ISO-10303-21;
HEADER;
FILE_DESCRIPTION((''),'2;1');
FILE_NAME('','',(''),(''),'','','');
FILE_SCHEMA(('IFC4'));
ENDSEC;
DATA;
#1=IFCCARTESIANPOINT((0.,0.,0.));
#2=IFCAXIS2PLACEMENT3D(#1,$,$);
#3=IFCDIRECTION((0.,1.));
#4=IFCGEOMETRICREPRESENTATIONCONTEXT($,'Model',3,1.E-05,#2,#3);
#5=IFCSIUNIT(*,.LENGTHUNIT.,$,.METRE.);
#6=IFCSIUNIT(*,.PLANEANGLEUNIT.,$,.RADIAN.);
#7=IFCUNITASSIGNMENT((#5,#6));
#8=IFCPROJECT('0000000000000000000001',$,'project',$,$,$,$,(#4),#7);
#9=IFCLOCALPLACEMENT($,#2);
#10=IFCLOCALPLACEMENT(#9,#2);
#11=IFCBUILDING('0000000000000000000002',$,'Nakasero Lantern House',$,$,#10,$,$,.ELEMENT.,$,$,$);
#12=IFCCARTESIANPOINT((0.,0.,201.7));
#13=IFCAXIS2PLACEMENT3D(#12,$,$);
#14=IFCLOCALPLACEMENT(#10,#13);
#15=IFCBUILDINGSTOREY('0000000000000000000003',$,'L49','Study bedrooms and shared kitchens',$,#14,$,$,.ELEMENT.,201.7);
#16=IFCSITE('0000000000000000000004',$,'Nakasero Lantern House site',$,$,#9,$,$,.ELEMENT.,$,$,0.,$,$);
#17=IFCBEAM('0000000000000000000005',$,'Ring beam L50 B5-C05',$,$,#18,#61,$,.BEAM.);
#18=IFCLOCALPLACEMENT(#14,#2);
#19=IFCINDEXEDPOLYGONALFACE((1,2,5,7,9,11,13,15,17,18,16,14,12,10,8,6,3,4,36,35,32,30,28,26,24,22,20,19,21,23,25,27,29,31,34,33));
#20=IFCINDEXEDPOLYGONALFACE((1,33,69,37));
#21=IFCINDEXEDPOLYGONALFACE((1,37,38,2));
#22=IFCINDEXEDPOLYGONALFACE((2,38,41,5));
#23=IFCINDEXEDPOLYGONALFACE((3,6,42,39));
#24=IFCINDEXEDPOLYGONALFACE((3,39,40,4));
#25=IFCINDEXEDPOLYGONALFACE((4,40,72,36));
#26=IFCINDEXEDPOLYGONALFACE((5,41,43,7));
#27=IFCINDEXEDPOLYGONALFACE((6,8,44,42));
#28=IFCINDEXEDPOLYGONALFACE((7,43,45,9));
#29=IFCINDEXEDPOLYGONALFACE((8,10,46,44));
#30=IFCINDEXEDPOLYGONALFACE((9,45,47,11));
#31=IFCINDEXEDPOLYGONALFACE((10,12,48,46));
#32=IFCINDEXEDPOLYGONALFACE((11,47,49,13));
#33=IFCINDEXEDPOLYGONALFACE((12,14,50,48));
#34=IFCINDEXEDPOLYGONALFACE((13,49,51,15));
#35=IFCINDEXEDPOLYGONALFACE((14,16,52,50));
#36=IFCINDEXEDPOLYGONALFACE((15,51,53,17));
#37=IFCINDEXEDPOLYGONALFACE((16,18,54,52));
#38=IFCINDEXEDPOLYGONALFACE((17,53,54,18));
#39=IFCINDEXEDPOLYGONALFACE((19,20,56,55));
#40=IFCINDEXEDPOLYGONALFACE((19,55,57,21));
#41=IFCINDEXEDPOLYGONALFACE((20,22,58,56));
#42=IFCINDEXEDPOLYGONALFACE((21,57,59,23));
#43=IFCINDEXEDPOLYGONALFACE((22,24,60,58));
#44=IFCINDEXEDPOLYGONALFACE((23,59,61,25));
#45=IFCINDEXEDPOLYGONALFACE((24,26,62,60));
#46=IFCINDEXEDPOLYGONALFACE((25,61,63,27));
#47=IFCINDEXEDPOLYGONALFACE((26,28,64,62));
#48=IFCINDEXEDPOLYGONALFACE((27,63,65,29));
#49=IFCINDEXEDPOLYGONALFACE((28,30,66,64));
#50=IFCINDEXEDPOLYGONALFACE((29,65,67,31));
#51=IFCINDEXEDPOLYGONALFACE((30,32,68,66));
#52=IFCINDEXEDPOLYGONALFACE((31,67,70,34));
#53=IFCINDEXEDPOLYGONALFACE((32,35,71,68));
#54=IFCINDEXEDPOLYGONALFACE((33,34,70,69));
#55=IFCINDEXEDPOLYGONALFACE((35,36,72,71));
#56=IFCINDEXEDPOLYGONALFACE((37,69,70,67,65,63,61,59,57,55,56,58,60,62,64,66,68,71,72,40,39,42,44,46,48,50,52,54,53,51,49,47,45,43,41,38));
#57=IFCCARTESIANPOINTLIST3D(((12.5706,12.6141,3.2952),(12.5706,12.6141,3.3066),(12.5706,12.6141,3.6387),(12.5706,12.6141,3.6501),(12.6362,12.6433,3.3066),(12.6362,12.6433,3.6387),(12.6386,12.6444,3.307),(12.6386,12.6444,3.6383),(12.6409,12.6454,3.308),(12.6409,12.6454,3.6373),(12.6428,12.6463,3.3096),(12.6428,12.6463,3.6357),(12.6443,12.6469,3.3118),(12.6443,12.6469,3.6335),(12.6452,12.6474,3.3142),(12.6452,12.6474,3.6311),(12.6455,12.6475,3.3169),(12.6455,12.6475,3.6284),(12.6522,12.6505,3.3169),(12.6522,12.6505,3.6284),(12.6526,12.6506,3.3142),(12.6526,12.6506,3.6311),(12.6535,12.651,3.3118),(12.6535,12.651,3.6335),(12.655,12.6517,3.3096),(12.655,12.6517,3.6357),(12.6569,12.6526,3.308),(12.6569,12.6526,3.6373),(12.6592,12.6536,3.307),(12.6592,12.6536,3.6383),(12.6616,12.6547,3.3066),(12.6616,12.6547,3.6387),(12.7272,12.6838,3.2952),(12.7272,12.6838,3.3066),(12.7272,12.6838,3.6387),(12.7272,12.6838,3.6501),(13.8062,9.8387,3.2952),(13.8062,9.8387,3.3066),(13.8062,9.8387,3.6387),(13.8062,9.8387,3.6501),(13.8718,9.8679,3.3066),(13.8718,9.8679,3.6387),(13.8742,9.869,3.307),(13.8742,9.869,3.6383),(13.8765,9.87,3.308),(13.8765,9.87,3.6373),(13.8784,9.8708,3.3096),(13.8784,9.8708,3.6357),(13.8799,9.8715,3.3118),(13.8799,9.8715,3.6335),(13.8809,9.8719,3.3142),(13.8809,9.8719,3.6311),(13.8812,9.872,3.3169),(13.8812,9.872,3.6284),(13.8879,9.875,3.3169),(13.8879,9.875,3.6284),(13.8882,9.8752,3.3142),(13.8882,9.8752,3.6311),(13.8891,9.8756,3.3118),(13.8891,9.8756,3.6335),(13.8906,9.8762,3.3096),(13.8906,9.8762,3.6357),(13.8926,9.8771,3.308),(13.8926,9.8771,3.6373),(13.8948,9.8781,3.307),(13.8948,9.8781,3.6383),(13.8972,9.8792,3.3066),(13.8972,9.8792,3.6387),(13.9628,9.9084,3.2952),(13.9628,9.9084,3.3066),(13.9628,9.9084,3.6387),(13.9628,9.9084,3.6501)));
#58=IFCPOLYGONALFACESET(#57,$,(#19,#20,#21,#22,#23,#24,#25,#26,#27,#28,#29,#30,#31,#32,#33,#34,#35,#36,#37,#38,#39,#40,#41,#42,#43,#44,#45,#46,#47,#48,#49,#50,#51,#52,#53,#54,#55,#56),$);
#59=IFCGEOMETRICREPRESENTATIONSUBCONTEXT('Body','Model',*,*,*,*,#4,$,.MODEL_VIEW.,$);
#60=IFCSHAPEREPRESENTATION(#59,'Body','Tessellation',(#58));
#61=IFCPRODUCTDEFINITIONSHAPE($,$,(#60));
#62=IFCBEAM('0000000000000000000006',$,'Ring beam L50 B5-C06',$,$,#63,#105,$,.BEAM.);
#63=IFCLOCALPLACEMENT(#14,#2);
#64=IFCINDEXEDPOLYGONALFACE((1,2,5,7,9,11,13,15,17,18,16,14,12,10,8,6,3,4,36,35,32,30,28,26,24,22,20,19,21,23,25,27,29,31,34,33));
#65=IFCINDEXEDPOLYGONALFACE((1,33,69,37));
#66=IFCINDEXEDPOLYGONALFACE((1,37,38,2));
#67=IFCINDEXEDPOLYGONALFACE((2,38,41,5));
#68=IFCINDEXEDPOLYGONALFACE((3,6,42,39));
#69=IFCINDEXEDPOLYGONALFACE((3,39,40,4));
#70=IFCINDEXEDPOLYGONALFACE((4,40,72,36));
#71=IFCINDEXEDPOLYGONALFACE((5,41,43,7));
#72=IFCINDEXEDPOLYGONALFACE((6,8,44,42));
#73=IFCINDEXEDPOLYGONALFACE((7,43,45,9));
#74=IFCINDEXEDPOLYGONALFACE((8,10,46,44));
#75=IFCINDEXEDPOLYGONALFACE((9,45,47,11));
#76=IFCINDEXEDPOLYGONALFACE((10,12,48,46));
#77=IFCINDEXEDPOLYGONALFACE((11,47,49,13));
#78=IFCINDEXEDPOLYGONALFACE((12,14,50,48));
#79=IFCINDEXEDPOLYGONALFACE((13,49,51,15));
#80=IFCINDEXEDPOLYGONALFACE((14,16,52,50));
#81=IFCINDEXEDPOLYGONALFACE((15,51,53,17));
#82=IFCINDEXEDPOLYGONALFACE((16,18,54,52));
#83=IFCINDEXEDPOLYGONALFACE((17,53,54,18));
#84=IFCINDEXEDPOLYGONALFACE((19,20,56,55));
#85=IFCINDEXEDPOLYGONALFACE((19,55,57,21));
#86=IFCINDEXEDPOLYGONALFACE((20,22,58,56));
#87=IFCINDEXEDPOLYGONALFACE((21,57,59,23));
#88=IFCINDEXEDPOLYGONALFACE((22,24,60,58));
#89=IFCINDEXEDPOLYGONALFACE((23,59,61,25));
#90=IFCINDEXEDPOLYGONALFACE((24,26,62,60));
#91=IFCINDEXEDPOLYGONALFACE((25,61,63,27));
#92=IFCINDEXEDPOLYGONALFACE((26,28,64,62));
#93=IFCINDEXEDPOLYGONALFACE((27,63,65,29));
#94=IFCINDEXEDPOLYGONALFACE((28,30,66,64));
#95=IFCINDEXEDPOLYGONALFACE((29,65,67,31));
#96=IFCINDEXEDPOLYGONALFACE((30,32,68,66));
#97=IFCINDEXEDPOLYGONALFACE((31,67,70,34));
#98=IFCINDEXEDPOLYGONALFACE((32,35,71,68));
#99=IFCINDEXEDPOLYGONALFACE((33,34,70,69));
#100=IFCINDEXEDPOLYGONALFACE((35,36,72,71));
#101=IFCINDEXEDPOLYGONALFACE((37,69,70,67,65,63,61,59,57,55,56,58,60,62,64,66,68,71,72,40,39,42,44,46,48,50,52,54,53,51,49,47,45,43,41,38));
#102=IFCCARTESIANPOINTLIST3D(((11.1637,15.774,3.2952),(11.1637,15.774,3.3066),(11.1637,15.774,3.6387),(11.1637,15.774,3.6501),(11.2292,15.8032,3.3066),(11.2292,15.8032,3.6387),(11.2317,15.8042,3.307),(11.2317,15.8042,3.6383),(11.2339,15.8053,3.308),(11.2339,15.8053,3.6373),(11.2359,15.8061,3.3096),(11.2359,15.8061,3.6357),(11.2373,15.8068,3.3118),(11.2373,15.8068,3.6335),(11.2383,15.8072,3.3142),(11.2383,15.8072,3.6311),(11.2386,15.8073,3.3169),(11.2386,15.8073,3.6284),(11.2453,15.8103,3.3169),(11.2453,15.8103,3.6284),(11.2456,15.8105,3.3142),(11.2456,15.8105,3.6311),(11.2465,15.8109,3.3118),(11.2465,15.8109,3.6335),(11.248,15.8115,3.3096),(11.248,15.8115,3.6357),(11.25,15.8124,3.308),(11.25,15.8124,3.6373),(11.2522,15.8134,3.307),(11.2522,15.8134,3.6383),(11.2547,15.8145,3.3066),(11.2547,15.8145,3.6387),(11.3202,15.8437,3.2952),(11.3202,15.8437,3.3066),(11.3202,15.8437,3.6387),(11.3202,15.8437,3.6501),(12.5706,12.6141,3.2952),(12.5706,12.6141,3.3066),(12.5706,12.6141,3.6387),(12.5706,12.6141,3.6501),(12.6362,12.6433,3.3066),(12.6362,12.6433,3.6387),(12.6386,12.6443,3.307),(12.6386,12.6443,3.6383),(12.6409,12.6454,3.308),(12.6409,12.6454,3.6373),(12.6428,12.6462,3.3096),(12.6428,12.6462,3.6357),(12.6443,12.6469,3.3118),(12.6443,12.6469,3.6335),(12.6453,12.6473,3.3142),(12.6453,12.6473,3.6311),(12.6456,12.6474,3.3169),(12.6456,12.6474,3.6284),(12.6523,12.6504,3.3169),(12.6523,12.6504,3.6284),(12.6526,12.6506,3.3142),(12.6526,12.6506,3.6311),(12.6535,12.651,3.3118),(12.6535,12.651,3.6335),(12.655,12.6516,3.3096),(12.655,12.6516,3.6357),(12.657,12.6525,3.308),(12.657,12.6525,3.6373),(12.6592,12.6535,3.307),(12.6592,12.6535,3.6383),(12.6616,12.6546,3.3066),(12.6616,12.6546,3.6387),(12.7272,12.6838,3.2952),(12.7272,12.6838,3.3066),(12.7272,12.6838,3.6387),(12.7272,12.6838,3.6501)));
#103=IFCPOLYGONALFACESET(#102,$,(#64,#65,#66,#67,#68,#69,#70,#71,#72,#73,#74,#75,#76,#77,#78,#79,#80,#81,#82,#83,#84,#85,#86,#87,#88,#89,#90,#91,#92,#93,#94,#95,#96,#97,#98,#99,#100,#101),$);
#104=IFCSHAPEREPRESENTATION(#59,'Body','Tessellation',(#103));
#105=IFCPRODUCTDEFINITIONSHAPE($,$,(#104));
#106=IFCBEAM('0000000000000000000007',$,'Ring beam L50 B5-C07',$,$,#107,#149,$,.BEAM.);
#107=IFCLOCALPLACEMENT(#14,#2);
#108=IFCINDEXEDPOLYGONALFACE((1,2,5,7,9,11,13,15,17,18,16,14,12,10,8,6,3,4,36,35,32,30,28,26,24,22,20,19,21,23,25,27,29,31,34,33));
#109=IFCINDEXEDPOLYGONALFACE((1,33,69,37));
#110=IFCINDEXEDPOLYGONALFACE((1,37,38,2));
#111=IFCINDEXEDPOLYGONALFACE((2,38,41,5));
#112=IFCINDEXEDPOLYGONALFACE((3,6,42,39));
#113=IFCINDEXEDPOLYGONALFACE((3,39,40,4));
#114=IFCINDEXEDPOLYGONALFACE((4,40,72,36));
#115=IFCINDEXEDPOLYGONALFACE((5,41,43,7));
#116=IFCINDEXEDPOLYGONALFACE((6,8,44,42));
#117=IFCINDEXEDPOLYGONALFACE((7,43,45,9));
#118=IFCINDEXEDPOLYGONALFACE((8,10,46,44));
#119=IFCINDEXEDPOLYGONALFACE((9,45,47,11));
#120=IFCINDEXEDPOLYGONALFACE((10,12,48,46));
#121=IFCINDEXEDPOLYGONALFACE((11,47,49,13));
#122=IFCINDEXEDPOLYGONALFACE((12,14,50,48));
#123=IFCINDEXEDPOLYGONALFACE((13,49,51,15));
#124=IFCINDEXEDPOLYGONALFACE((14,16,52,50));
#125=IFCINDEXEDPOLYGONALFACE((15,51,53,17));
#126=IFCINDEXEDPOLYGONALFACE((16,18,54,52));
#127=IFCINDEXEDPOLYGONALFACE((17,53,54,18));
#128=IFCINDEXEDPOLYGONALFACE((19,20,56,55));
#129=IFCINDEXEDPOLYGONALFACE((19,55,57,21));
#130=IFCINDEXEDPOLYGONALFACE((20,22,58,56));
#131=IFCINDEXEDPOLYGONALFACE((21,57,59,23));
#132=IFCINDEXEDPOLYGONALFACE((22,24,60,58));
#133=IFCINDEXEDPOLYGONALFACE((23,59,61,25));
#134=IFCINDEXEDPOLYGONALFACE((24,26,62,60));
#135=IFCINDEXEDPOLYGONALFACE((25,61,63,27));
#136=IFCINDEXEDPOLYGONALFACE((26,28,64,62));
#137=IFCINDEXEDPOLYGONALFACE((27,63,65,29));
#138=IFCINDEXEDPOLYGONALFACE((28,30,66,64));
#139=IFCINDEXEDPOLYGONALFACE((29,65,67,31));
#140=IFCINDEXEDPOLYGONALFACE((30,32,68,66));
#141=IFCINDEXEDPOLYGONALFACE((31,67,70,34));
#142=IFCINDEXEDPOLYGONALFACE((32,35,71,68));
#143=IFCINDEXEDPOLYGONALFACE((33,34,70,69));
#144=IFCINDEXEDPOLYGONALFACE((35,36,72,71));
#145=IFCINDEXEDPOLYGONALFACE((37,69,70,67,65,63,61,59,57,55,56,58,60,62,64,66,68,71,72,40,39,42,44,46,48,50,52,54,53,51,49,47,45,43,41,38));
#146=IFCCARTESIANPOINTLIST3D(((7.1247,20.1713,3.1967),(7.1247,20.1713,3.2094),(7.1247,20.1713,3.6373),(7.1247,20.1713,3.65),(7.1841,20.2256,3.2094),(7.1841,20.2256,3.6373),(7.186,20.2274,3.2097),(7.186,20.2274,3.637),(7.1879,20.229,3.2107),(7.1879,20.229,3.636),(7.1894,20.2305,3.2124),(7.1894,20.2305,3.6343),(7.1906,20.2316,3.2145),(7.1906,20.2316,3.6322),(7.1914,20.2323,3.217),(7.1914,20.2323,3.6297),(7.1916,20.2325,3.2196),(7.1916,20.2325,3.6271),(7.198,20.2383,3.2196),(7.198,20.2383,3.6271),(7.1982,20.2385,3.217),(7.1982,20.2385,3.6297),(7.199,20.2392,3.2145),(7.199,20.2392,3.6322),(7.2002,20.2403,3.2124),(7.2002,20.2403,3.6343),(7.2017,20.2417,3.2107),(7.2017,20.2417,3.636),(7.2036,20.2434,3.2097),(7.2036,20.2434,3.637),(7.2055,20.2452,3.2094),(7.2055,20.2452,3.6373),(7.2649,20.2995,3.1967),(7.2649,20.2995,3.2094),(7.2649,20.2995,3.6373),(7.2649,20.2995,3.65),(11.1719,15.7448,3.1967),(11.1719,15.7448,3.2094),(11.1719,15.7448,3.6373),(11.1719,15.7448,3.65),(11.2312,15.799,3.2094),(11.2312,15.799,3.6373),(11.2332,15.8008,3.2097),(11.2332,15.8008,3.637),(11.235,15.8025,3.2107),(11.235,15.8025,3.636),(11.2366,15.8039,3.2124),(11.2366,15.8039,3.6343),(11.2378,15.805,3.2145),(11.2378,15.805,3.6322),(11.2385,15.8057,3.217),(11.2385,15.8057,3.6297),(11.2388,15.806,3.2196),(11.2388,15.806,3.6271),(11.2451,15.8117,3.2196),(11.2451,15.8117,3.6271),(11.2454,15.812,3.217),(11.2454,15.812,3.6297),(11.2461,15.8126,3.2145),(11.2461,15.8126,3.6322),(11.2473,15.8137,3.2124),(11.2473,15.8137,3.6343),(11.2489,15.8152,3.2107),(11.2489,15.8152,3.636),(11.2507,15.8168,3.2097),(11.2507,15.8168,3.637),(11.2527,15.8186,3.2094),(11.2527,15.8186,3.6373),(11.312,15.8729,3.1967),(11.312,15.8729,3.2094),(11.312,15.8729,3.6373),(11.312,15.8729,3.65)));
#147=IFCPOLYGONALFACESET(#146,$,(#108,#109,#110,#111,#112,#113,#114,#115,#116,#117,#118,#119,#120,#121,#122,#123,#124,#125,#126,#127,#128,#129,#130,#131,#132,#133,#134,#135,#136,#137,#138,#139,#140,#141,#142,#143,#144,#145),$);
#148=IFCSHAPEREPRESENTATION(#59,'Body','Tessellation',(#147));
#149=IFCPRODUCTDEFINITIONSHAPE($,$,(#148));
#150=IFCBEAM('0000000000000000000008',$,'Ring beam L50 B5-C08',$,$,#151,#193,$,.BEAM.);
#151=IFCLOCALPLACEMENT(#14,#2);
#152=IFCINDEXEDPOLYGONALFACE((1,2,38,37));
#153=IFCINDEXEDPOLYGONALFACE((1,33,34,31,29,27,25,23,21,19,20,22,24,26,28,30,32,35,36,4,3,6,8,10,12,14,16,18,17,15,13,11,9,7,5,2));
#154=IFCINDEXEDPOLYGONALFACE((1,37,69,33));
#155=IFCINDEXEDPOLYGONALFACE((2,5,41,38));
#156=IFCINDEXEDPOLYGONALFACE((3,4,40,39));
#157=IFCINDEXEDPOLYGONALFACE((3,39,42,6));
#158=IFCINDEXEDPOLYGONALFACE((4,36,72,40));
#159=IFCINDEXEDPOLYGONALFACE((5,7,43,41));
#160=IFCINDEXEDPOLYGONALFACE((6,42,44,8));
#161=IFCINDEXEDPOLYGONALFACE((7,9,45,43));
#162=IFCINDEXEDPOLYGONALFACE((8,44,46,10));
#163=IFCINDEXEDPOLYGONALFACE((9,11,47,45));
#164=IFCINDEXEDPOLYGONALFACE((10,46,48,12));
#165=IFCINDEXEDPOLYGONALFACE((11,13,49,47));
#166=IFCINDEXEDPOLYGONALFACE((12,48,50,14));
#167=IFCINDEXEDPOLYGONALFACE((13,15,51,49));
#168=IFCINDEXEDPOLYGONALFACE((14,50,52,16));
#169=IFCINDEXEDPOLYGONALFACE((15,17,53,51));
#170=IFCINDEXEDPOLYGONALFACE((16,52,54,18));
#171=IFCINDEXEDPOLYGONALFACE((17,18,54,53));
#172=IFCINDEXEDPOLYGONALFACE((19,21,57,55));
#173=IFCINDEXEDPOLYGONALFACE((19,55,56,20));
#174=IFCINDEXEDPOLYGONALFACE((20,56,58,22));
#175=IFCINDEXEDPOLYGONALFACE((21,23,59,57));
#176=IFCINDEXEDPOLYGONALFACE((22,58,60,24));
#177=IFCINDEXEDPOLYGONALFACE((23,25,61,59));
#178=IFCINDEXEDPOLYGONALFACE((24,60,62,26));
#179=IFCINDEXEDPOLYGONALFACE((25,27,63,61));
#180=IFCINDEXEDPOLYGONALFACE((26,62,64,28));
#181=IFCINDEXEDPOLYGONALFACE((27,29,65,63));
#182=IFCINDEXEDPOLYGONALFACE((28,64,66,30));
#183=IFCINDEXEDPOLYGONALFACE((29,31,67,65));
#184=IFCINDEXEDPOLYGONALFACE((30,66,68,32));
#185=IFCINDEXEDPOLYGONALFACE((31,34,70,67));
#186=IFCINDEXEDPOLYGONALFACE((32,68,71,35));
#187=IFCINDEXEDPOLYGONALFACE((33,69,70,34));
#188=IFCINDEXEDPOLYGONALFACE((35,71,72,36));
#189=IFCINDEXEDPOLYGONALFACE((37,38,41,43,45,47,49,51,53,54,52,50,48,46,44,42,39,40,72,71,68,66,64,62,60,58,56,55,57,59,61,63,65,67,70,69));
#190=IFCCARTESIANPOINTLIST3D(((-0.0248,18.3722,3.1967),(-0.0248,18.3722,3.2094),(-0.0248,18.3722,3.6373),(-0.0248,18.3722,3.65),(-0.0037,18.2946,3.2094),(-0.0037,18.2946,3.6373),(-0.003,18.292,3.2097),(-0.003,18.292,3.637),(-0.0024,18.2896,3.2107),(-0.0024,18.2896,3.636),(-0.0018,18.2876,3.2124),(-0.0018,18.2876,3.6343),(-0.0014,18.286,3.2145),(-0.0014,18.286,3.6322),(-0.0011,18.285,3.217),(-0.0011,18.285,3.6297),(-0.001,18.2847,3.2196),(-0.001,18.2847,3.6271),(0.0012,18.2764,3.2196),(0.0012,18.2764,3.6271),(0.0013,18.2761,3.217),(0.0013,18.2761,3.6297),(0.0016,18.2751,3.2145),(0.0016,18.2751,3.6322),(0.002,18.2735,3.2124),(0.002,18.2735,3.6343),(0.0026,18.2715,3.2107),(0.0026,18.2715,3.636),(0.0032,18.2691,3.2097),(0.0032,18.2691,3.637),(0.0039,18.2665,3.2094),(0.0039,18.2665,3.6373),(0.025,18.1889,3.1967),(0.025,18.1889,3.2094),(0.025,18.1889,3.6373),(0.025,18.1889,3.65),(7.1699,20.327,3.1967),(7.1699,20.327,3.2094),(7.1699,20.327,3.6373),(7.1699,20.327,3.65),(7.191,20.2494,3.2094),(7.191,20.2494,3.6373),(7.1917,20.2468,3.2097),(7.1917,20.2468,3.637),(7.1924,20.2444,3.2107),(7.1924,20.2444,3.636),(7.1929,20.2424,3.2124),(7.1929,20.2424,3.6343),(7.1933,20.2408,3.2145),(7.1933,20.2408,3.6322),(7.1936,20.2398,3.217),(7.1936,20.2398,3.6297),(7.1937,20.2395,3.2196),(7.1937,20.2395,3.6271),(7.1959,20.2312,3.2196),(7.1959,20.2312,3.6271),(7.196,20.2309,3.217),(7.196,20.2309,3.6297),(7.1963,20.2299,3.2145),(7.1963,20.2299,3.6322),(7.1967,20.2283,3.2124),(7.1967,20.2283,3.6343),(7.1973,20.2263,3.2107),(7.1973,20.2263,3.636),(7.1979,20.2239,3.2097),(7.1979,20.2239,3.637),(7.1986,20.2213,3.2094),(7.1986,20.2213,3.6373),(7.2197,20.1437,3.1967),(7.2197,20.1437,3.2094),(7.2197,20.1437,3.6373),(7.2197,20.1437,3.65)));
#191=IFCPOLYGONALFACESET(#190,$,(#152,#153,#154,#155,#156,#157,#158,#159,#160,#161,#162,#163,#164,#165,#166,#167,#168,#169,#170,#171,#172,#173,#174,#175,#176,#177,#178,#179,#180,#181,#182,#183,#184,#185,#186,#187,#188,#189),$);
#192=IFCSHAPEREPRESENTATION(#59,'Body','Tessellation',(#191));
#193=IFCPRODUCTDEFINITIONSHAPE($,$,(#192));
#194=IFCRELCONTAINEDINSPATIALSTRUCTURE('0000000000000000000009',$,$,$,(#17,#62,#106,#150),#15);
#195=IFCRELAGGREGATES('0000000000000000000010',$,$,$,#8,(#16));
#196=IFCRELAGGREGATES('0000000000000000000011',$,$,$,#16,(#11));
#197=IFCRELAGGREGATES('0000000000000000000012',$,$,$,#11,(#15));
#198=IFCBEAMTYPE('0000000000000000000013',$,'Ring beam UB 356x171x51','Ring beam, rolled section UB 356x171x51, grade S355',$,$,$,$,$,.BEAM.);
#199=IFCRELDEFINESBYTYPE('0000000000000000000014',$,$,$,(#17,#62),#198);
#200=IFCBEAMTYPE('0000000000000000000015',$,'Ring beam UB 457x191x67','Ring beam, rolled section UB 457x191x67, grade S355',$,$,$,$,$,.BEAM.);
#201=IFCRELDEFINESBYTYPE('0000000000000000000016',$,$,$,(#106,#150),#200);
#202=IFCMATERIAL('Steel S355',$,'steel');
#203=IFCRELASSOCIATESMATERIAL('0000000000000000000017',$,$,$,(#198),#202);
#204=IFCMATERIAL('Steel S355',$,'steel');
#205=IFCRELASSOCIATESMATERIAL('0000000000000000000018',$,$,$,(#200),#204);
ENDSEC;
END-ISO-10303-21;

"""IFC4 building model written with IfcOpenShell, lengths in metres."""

from ifc_helpers import new_model, si_unit, direction, frame, origin, origin_2d, place, context, subcontext, project, spatial, i_section, extrude, material, material_profile, profile_set, type_object, element, save


model = new_model("IFC4")

# Units and contexts
model_context = context("Model", 3, precision=1e-05, world=origin(), true_north=direction((0.0, 1.0)))
body_context = subcontext(model_context, "Body", "Model", "MODEL_VIEW")
ifc_project = project(units=[si_unit("LENGTHUNIT", "METRE"), si_unit("PLANEANGLEUNIT", "RADIAN")], contexts=[model_context])

# Site, building, storey
site_placement = place(None, origin())
site = spatial("IfcSite", under=ifc_project, at=site_placement, Name="Nakasero Lantern House site", CompositionType="ELEMENT", RefElevation=0.0)
building_placement = place(site_placement, origin())
building = spatial("IfcBuilding", under=site, at=building_placement, Name="Nakasero Lantern House", CompositionType="ELEMENT")
storey_placement = place(building_placement, frame((0.0, 0.0, 201.7)))
storey = spatial("IfcBuildingStorey", under=building, at=storey_placement, Name="L49", Description="Study bedrooms and shared kitchens", CompositionType="ELEMENT", Elevation=201.7)

# Beams
ifc_material_1 = material(Name="Steel S355", Category="steel")
ifc_material_profile_1 = material_profile(ifc_material_1, i_section(OverallWidth=0.1714, OverallDepth=0.355, WebThickness=0.0073, FlangeThickness=0.0115, FilletRadius=0.0103, at=origin_2d()), Name="UB 356x171x51")
ifc_profile_set_1 = profile_set([ifc_material_profile_1], Name="Steel S355")
beam_type_1 = type_object("IfcBeamType", Name="Ring beam UB 356x171x51", Description="Ring beam, rolled section UB 356x171x51, grade S355", PredefinedType="BEAM", material=ifc_profile_set_1)
beam_1_placement = place(storey_placement, frame((13.8845, 9.8735, 3.4727), z_axis=(-0.406713, 0.913556, 0.0), x_axis=(-0.913556, -0.406713, 0.0)))
element("IfcBeam", 1, at=beam_1_placement, inside=storey, type_object=beam_type_1, Name="Ring beam L50 B5-C05", PredefinedType="BEAM", context=body_context, shape_type="SweptSolid", body=[
    extrude(i_section(OverallWidth=0.1714, OverallDepth=0.355, WebThickness=0.0073, FlangeThickness=0.0115, FilletRadius=0.0103, at=origin_2d()), origin(), (0.0, 0.0, 1.0), 3.0381),
])
beam_2_placement = place(storey_placement, frame((12.6489, 12.6489, 3.4727), z_axis=(-0.406761, 0.913535, 0.0), x_axis=(-0.913535, -0.406761, 0.0)))
element("IfcBeam", 2, at=beam_2_placement, inside=storey, type_object=beam_type_1, Name="Ring beam L50 B5-C06", PredefinedType="BEAM", context=body_context, shape_type="SweptSolid", body=[
    extrude(i_section(OverallWidth=0.1714, OverallDepth=0.355, WebThickness=0.0073, FlangeThickness=0.0115, FilletRadius=0.0103, at=origin_2d()), origin(), (0.0, 0.0, 1.0), 3.459),
])
ifc_material_2 = material(Name="Steel S355", Category="steel")
ifc_material_profile_2 = material_profile(ifc_material_2, i_section(OverallWidth=0.1899, OverallDepth=0.4534, WebThickness=0.0085, FlangeThickness=0.0127, FilletRadius=0.0103, at=origin_2d()), Name="UB 457x191x67")
ifc_profile_set_2 = profile_set([ifc_material_profile_2], Name="Steel S355")
beam_type_2 = type_object("IfcBeamType", Name="Ring beam UB 457x191x67", Description="Ring beam, rolled section UB 457x191x67, grade S355", PredefinedType="BEAM", material=ifc_profile_set_2)
beam_3_placement = place(storey_placement, frame((11.2419, 15.8088, 3.4233), z_axis=(-0.674771, 0.738027, 0.0), x_axis=(-0.738027, -0.674771, 0.0)))
element("IfcBeam", 3, at=beam_3_placement, inside=storey, type_object=beam_type_2, Name="Ring beam L50 B5-C07", PredefinedType="BEAM", context=body_context, shape_type="SweptSolid", body=[
    extrude(i_section(OverallWidth=0.1899, OverallDepth=0.4534, WebThickness=0.0085, FlangeThickness=0.0127, FilletRadius=0.0103, at=origin_2d()), origin(), (0.0, 0.0, 1.0), 5.9978),
])
beam_4_placement = place(storey_placement, frame((7.1948, 20.2354, 3.4233), z_axis=(-0.965015, -0.262195, 0.0), x_axis=(0.262195, -0.965015, 0.0)))
element("IfcBeam", 4, at=beam_4_placement, inside=storey, type_object=beam_type_2, Name="Ring beam L50 B5-C08", PredefinedType="BEAM", context=body_context, shape_type="SweptSolid", body=[
    extrude(i_section(OverallWidth=0.1899, OverallDepth=0.4534, WebThickness=0.0085, FlangeThickness=0.0127, FilletRadius=0.0103, at=origin_2d()), origin(), (0.0, 0.0, 1.0), 7.4556),
])

save(model, "model.ifc")
